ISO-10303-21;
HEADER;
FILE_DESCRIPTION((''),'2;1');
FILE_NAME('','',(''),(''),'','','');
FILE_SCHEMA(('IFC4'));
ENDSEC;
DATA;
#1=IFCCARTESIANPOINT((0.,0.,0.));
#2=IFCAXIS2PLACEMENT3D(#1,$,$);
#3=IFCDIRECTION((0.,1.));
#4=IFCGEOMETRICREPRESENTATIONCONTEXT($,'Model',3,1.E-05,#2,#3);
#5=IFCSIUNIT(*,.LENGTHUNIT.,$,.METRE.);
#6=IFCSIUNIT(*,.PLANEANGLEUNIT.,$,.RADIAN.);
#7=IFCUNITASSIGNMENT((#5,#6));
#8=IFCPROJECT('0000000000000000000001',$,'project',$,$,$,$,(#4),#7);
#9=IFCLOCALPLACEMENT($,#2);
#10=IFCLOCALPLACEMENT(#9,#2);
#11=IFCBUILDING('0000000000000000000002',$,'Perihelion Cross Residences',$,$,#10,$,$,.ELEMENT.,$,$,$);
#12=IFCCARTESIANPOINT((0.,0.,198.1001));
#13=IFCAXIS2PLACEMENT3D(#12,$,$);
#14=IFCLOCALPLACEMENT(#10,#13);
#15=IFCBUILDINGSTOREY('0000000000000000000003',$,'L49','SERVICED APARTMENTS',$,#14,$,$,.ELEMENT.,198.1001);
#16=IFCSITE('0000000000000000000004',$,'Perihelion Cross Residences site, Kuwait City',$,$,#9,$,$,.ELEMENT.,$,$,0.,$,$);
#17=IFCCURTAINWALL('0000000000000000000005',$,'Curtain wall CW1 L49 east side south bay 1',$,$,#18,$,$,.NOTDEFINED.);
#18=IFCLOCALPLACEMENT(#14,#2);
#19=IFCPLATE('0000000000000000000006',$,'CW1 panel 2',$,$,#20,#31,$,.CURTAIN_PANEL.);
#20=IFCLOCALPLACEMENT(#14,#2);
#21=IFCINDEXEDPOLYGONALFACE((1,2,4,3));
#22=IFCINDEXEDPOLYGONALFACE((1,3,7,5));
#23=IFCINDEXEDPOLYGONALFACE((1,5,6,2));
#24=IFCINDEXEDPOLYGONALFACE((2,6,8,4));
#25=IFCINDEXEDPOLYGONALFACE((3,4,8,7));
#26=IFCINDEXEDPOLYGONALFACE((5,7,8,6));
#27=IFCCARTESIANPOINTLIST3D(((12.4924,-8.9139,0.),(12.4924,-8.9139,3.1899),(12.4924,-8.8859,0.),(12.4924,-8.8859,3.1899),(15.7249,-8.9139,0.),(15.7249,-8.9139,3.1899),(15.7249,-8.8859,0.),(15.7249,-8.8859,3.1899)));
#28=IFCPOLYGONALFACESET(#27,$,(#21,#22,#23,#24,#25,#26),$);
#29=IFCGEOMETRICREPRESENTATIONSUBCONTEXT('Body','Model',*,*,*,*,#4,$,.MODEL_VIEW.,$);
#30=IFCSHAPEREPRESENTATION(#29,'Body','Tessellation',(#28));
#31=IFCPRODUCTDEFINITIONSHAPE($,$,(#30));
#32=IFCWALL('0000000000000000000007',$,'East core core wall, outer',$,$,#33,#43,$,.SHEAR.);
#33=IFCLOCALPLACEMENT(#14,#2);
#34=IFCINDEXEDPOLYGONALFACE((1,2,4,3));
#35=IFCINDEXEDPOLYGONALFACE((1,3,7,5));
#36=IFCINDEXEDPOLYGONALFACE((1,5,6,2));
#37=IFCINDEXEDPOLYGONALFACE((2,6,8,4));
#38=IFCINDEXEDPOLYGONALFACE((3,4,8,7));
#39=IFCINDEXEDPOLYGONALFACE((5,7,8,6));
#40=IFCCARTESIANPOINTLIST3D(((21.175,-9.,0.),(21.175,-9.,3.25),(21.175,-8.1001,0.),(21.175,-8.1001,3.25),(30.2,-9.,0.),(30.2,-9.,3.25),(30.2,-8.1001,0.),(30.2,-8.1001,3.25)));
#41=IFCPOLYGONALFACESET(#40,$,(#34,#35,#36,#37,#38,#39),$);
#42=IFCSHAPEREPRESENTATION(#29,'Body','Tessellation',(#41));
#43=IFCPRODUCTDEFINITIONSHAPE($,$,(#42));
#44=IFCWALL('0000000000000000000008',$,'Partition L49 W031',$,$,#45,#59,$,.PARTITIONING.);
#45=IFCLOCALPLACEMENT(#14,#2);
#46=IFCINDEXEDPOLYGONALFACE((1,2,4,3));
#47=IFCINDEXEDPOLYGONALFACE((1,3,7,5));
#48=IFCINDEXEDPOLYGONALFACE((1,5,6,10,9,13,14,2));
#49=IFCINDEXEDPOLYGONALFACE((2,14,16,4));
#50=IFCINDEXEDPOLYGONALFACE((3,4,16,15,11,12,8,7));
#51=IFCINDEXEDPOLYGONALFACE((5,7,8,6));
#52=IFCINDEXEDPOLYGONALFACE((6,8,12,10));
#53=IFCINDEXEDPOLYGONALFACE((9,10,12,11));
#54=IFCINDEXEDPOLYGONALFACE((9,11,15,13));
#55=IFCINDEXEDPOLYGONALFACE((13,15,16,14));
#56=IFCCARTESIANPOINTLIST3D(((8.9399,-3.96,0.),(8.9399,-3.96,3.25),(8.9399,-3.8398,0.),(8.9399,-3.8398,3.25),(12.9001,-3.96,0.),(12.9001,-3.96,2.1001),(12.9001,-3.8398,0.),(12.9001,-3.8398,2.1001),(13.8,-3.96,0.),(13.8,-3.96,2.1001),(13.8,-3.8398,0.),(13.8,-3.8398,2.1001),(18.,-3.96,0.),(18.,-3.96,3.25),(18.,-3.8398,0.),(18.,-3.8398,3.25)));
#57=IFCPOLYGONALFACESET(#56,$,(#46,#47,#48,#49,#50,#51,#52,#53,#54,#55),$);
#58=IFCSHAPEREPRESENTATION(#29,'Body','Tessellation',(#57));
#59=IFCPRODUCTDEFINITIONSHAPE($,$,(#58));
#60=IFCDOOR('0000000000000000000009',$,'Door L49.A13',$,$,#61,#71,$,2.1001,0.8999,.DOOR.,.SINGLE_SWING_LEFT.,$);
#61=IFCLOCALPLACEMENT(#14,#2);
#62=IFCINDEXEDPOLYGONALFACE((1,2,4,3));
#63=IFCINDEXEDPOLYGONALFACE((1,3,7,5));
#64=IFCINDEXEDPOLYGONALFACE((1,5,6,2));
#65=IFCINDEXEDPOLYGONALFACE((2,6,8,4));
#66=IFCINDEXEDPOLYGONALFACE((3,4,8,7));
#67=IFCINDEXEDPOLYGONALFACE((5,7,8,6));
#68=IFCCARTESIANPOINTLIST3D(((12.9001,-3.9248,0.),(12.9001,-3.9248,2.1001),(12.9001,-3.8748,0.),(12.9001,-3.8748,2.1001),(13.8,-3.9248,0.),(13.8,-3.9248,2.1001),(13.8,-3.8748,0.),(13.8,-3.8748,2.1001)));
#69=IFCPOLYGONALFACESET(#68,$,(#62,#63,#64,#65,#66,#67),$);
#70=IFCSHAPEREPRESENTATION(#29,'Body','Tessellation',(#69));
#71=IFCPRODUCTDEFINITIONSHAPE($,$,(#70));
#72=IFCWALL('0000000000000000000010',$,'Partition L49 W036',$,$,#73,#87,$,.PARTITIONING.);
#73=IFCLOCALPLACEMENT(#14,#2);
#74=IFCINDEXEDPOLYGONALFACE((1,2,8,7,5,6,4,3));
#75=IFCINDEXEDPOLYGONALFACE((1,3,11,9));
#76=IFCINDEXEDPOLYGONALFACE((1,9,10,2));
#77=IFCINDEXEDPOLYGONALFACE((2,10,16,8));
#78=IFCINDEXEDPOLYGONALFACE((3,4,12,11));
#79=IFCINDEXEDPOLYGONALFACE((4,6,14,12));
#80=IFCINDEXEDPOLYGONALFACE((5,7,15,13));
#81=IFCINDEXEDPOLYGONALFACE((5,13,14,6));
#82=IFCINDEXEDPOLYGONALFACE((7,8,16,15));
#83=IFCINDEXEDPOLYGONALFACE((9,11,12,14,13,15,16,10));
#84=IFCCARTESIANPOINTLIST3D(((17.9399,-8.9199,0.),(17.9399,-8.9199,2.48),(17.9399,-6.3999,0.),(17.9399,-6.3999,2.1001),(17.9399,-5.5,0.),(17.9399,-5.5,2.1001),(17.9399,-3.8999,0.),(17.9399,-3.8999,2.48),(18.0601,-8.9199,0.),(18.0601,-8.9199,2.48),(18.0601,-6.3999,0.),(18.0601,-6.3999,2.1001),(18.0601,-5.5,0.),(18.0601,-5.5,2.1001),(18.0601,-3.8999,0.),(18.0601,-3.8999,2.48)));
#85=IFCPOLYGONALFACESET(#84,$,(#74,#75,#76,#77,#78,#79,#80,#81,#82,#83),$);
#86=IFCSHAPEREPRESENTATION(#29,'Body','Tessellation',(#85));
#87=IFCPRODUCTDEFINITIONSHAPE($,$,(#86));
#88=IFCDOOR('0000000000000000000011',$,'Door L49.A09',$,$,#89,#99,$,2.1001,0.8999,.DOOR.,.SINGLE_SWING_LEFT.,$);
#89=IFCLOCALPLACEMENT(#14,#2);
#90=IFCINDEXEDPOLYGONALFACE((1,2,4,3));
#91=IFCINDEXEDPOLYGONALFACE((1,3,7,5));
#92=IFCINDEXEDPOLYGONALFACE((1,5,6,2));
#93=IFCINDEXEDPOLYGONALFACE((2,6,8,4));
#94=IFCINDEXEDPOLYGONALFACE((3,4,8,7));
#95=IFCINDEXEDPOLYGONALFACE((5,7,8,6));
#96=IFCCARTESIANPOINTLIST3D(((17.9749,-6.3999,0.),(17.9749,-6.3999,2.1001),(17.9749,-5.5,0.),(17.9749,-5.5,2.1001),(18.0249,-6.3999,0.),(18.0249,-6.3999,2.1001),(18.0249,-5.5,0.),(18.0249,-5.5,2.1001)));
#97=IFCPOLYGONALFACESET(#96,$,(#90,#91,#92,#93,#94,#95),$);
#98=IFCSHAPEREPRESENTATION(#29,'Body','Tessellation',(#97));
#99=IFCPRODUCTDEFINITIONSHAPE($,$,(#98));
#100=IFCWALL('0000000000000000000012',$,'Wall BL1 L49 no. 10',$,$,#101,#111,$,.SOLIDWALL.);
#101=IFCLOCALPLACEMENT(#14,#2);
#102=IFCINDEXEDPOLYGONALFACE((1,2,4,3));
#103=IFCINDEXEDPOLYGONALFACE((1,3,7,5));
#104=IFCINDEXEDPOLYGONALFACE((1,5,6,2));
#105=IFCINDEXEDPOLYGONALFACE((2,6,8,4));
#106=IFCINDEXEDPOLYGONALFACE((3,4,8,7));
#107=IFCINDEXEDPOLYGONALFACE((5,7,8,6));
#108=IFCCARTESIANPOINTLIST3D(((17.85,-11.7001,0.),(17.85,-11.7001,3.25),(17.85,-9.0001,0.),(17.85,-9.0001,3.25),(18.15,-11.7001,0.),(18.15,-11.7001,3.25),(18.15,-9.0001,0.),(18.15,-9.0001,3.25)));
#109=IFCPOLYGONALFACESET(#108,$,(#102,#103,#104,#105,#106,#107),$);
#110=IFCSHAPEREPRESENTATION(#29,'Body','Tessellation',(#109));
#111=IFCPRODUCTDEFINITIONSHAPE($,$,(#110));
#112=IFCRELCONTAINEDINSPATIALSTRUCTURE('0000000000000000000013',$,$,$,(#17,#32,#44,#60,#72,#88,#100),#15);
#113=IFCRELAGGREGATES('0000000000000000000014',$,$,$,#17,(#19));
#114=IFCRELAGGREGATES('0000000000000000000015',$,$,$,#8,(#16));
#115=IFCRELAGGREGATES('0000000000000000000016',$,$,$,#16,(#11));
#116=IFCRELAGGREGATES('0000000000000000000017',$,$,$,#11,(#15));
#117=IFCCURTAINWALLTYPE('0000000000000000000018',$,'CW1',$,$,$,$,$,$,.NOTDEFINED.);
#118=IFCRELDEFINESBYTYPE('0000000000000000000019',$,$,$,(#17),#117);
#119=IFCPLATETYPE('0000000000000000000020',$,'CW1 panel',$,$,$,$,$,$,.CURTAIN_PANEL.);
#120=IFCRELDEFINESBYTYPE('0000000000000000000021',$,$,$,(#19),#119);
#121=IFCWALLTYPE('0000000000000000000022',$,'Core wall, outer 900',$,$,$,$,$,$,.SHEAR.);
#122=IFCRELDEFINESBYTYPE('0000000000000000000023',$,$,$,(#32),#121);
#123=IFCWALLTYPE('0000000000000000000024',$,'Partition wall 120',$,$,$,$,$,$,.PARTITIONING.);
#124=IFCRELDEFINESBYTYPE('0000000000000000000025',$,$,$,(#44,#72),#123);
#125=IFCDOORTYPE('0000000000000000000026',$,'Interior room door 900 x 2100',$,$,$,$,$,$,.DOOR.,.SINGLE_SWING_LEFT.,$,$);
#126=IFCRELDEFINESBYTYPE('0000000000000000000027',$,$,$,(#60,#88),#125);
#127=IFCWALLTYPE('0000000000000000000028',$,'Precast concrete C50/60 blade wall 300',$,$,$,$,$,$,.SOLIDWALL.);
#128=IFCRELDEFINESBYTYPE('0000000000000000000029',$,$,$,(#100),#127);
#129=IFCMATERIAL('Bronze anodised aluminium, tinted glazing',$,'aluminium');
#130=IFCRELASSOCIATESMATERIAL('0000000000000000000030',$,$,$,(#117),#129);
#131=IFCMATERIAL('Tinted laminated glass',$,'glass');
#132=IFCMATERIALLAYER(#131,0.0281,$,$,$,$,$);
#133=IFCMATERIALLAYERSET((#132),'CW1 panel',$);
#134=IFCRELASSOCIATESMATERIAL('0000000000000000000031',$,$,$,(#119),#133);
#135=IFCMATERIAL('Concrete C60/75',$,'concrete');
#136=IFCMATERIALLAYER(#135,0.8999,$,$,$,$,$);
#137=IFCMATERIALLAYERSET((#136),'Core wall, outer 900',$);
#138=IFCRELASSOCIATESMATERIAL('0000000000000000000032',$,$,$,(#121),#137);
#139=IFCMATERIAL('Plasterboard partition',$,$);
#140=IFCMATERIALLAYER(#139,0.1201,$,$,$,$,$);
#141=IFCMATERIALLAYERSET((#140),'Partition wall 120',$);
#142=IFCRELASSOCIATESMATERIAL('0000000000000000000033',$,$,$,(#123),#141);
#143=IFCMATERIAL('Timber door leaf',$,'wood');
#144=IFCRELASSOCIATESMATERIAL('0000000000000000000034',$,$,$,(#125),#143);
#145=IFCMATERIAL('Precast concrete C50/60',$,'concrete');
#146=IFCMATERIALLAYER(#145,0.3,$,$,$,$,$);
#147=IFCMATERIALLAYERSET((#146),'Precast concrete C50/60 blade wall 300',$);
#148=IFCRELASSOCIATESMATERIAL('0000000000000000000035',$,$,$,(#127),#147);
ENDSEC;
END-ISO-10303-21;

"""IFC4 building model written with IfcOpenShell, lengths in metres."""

from ifc_helpers import new_model, si_unit, direction, frame, frame_2d, origin, origin_2d, place, context, subcontext, project, spatial, rectangle, extrude, material, layer, layer_set, type_object, element, fill, aggregate, save


model = new_model("IFC4")

# Units and contexts
model_context = context("Model", 3, precision=1e-05, world=origin(), true_north=direction((0.0, 1.0)))
body_context = subcontext(model_context, "Body", "Model", "MODEL_VIEW")
ifc_project = project(units=[si_unit("LENGTHUNIT", "METRE"), si_unit("PLANEANGLEUNIT", "RADIAN")], contexts=[model_context])

# Site, building, storey
site_placement = place(None, origin())
site = spatial("IfcSite", under=ifc_project, at=site_placement, Name="Perihelion Cross Residences site, Kuwait City", CompositionType="ELEMENT", RefElevation=0.0)
building_placement = place(site_placement, origin())
building = spatial("IfcBuilding", under=site, at=building_placement, Name="Perihelion Cross Residences", CompositionType="ELEMENT")
storey_placement = place(building_placement, frame((0.0, 0.0, 198.1001)))
storey = spatial("IfcBuildingStorey", under=building, at=storey_placement, Name="L49", Description="SERVICED APARTMENTS", CompositionType="ELEMENT", Elevation=198.1001)

# Curtain wall
ifc_material_1 = material(Name="Bronze anodised aluminium, tinted glazing", Category="aluminium")
curtain_wall_type = type_object("IfcCurtainWallType", Name="CW1", PredefinedType="NOTDEFINED", material=ifc_material_1)
curtain_wall_placement = place(storey_placement, origin())
curtain_wall = element("IfcCurtainWall", 1, at=curtain_wall_placement, inside=storey, type_object=curtain_wall_type, Name="Curtain wall CW1 L49 east side south bay 1", PredefinedType="NOTDEFINED")

# Plate
ifc_material_2 = material(Name="Tinted laminated glass", Category="glass")
ifc_layer_1 = layer(ifc_material_2, 0.0281)
ifc_layer_set_1 = layer_set([ifc_layer_1], Name="CW1 panel")
plate_type = type_object("IfcPlateType", Name="CW1 panel", PredefinedType="CURTAIN_PANEL", material=ifc_layer_set_1)
plate_1_placement = place(storey_placement, frame((14.1086, -8.8999, 0.0), z_axis=(0.0, 0.0, 1.0), x_axis=(1.0, 0.0, 0.0)))
plate_1 = element("IfcPlate", 2, at=plate_1_placement, type_object=plate_type, Name="CW1 panel 2", PredefinedType="CURTAIN_PANEL", context=body_context, shape_type="SweptSolid", body=[
    extrude(rectangle(XDim=3.2324, YDim=0.0281, at=origin_2d()), origin(), (0.0, 0.0, 1.0), 3.1899),
])
aggregate(curtain_wall, [plate_1])

# Wall
ifc_material_3 = material(Name="Concrete C60/75", Category="concrete")
ifc_layer_2 = layer(ifc_material_3, 0.8999)
ifc_layer_set_2 = layer_set([ifc_layer_2], Name="Core wall, outer 900")
wall_type_1 = type_object("IfcWallType", Name="Core wall, outer 900", PredefinedType="SHEAR", material=ifc_layer_set_2)
wall_1_placement = place(storey_placement, frame((21.175, -8.55, 0.0), z_axis=(0.0, 0.0, 1.0), x_axis=(1.0, 0.0, 0.0)))
element("IfcWall", 3, at=wall_1_placement, inside=storey, type_object=wall_type_1, Name="East core core wall, outer", PredefinedType="SHEAR", context=body_context, shape_type="SweptSolid", body=[
    extrude(rectangle(XDim=9.0249, YDim=0.8999, at=frame_2d((4.5125, 0.0))), origin(), (0.0, 0.0, 1.0), 3.25),
])

# Walls, openings, doors
ifc_material_4 = material(Name="Plasterboard partition")
ifc_layer_3 = layer(ifc_material_4, 0.1201)
ifc_layer_set_3 = layer_set([ifc_layer_3], Name="Partition wall 120")
wall_type_2 = type_object("IfcWallType", Name="Partition wall 120", PredefinedType="PARTITIONING", material=ifc_layer_set_3)
wall_2_placement = place(storey_placement, frame((18.0, -3.8999, 0.0), z_axis=(0.0, 0.0, 1.0), x_axis=(-1.0, 0.0, 0.0)))
wall_2 = element("IfcWall", 4, at=wall_2_placement, inside=storey, type_object=wall_type_2, Name="Partition L49 W031", PredefinedType="PARTITIONING", context=body_context, shape_type="SweptSolid", body=[
    extrude(rectangle(XDim=9.0601, YDim=0.1201, at=frame_2d((4.53, 0.0))), origin(), (0.0, 0.0, 1.0), 3.25),
])
opening_1_placement = place(wall_2_placement, frame((4.2, 0.0, 0.0)))
opening_1 = element("IfcOpeningElement", 5, at=opening_1_placement, cuts=wall_2, PredefinedType="OPENING", context=body_context, shape_type="SweptSolid", body=[
    extrude(rectangle(XDim=0.8999, YDim=2.1001, at=frame_2d((0.45, 1.05))), frame((0.0, 0.0701, 0.0), z_axis=(0.0, -1.0, 0.0), x_axis=(1.0, 0.0, 0.0)), (0.0, 0.0, 1.0), 0.1401),
])
ifc_material_5 = material(Name="Timber door leaf", Category="wood")
door_type_1 = type_object("IfcDoorType", Name="Interior room door 900 x 2100", OperationType="SINGLE_SWING_LEFT", PredefinedType="DOOR", material=ifc_material_5)
door_1_placement = place(opening_1_placement, origin())
door_1 = element("IfcDoor", 6, at=door_1_placement, inside=storey, type_object=door_type_1, Name="Door L49.A13", OperationType="SINGLE_SWING_LEFT", OverallHeight=2.1001, OverallWidth=0.8999, PredefinedType="DOOR", context=body_context, shape_type="SweptSolid", body=[
    extrude(rectangle(XDim=0.8999, YDim=2.1001, at=frame_2d((0.45, 1.05))), frame((0.0, 0.0249, 0.0), z_axis=(0.0, -1.0, 0.0), x_axis=(1.0, 0.0, 0.0)), (0.0, 0.0, 1.0), 0.05),
])
fill(opening_1, door_1)
wall_3_placement = place(storey_placement, frame((18.0, -3.8999, 0.0), z_axis=(0.0, 0.0, 1.0), x_axis=(0.0, -1.0, 0.0)))
wall_3 = element("IfcWall", 7, at=wall_3_placement, inside=storey, type_object=wall_type_2, Name="Partition L49 W036", PredefinedType="PARTITIONING", context=body_context, shape_type="SweptSolid", body=[
    extrude(rectangle(XDim=5.02, YDim=0.1201, at=frame_2d((2.51, 0.0))), origin(), (0.0, 0.0, 1.0), 2.48),
])
opening_2_placement = place(wall_3_placement, frame((1.6001, 0.0, 0.0)))
opening_2 = element("IfcOpeningElement", 8, at=opening_2_placement, cuts=wall_3, PredefinedType="OPENING", context=body_context, shape_type="SweptSolid", body=[
    extrude(rectangle(XDim=0.8999, YDim=2.1001, at=frame_2d((0.45, 1.05))), frame((0.0, 0.0701, 0.0), z_axis=(0.0, -1.0, 0.0), x_axis=(1.0, 0.0, 0.0)), (0.0, 0.0, 1.0), 0.1401),
])
door_2_placement = place(opening_2_placement, origin())
door_2 = element("IfcDoor", 9, at=door_2_placement, inside=storey, type_object=door_type_1, Name="Door L49.A09", OperationType="SINGLE_SWING_LEFT", OverallHeight=2.1001, OverallWidth=0.8999, PredefinedType="DOOR", context=body_context, shape_type="SweptSolid", body=[
    extrude(rectangle(XDim=0.8999, YDim=2.1001, at=frame_2d((0.45, 1.05))), frame((0.0, 0.0249, 0.0), z_axis=(0.0, -1.0, 0.0), x_axis=(1.0, 0.0, 0.0)), (0.0, 0.0, 1.0), 0.05),
])
fill(opening_2, door_2)

# Wall
ifc_material_6 = material(Name="Precast concrete C50/60", Category="concrete")
ifc_layer_4 = layer(ifc_material_6, 0.3)
ifc_layer_set_4 = layer_set([ifc_layer_4], Name="Precast concrete C50/60 blade wall 300")
wall_type_3 = type_object("IfcWallType", Name="Precast concrete C50/60 blade wall 300", PredefinedType="SOLIDWALL", material=ifc_layer_set_4)
wall_4_placement = place(storey_placement, frame((18.0, -9.0, 0.0), z_axis=(0.0, 0.0, 1.0), x_axis=(0.0, -1.0, 0.0)))
element("IfcWall", 10, at=wall_4_placement, inside=storey, type_object=wall_type_3, Name="Wall BL1 L49 no. 10", PredefinedType="SOLIDWALL", context=body_context, shape_type="SweptSolid", body=[
    extrude(rectangle(XDim=2.7, YDim=0.3, at=frame_2d((1.3501, 0.0))), origin(), (0.0, 0.0, 1.0), 3.25),
])

save(model, "model.ifc")
